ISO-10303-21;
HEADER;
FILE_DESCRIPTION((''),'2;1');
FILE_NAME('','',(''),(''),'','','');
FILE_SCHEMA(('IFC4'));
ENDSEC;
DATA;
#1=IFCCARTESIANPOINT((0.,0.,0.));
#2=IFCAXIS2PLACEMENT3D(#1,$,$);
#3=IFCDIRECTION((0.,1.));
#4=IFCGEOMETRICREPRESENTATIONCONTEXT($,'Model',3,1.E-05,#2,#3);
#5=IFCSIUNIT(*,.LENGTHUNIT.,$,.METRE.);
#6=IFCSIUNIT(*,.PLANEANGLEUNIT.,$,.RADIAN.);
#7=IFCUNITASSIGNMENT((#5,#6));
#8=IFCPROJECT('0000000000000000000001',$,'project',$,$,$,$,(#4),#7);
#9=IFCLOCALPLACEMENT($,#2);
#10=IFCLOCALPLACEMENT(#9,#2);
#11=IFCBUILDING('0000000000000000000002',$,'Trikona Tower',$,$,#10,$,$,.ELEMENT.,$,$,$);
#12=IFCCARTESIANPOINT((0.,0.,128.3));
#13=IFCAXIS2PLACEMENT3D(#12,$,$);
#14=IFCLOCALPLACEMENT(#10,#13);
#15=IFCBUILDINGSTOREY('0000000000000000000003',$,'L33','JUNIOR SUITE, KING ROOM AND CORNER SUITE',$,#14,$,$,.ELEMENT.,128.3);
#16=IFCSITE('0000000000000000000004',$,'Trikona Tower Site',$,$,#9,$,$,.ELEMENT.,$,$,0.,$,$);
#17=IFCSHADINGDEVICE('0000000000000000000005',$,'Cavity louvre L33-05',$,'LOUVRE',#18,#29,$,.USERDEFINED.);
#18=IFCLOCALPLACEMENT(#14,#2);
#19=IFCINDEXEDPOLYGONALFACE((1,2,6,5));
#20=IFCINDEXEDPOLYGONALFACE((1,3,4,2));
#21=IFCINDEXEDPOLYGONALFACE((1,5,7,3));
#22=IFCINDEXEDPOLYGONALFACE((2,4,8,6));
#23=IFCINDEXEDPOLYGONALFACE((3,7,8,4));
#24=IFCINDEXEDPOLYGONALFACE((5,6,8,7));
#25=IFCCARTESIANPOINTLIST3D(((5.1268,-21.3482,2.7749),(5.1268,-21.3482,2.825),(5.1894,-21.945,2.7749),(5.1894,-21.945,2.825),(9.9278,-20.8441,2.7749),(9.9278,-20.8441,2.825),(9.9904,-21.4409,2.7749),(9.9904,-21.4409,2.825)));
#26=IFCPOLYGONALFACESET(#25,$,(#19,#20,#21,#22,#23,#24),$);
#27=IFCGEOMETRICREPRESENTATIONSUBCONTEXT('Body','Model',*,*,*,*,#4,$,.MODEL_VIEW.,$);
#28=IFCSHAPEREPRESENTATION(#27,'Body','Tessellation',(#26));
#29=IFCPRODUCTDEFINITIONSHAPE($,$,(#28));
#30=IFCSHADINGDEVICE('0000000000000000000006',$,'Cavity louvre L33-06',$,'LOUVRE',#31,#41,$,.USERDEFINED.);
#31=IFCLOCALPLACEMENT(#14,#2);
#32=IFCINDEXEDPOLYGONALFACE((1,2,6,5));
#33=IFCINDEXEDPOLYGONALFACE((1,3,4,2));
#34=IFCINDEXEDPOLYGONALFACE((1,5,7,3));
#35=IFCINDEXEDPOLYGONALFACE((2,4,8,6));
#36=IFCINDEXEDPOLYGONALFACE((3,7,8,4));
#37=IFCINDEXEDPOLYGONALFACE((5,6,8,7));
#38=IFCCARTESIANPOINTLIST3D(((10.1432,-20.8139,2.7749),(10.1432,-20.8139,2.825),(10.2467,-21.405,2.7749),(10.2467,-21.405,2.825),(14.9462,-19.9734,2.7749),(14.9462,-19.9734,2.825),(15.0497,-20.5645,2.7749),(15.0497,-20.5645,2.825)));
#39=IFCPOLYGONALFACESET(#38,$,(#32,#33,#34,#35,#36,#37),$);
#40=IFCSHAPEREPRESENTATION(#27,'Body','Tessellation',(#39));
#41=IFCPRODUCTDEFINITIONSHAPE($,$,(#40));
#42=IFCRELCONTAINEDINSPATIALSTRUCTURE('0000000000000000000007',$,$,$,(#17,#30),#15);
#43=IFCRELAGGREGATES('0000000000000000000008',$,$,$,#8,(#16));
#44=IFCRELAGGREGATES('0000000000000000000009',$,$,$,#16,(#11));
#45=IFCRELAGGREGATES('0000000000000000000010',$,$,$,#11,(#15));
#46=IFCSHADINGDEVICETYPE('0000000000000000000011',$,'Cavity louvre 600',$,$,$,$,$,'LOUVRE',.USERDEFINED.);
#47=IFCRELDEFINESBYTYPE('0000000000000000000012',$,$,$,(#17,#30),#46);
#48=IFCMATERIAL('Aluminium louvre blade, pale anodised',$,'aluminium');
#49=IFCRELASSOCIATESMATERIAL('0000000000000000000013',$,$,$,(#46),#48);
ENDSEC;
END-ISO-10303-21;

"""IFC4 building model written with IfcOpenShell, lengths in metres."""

from ifc_helpers import new_model, si_unit, direction, frame, origin, origin_2d, place, context, subcontext, project, spatial, rectangle, extrude, material, type_object, element, save


model = new_model("IFC4")

# Units and contexts
model_context = context("Model", 3, precision=1e-05, world=origin(), true_north=direction((0.0, 1.0)))
body_context = subcontext(model_context, "Body", "Model", "MODEL_VIEW")
ifc_project = project(units=[si_unit("LENGTHUNIT", "METRE"), si_unit("PLANEANGLEUNIT", "RADIAN")], contexts=[model_context])

# Site, building, storey
site_placement = place(None, origin())
site = spatial("IfcSite", under=ifc_project, at=site_placement, Name="Trikona Tower Site", CompositionType="ELEMENT", RefElevation=0.0)
building_placement = place(site_placement, origin())
building = spatial("IfcBuilding", under=site, at=building_placement, Name="Trikona Tower", CompositionType="ELEMENT")
storey_placement = place(building_placement, frame((0.0, 0.0, 128.3)))
storey = spatial("IfcBuildingStorey", under=building, at=storey_placement, Name="L33", Description="JUNIOR SUITE, KING ROOM AND CORNER SUITE", CompositionType="ELEMENT", Elevation=128.3)

# Shading devices
ifc_material_1 = material(Name="Aluminium louvre blade, pale anodised", Category="aluminium")
shading_device_type = type_object("IfcShadingDeviceType", Name="Cavity louvre 600", ElementType="LOUVRE", PredefinedType="USERDEFINED", material=ifc_material_1)
shading_device_1_placement = place(storey_placement, frame((7.5586, -21.3945, 2.7749), z_axis=(0.0, 0.0, 1.0), x_axis=(0.994533, 0.104426, 0.0)))
element("IfcShadingDevice", 1, at=shading_device_1_placement, inside=storey, type_object=shading_device_type, Name="Cavity louvre L33-05", ObjectType="LOUVRE", PredefinedType="USERDEFINED", context=body_context, shape_type="SweptSolid", body=[
    extrude(rectangle(XDim=4.8274, YDim=0.6001, at=origin_2d()), origin(), (0.0, 0.0, 1.0), 0.05),
])
shading_device_2_placement = place(storey_placement, frame((12.5964, -20.6892, 2.7749), z_axis=(0.0, 0.0, 1.0), x_axis=(0.985031, 0.17238, 0.0)))
element("IfcShadingDevice", 2, at=shading_device_2_placement, inside=storey, type_object=shading_device_type, Name="Cavity louvre L33-06", ObjectType="LOUVRE", PredefinedType="USERDEFINED", context=body_context, shape_type="SweptSolid", body=[
    extrude(rectangle(XDim=4.876, YDim=0.6001, at=origin_2d()), origin(), (0.0, 0.0, 1.0), 0.05),
])

save(model, "model.ifc")
